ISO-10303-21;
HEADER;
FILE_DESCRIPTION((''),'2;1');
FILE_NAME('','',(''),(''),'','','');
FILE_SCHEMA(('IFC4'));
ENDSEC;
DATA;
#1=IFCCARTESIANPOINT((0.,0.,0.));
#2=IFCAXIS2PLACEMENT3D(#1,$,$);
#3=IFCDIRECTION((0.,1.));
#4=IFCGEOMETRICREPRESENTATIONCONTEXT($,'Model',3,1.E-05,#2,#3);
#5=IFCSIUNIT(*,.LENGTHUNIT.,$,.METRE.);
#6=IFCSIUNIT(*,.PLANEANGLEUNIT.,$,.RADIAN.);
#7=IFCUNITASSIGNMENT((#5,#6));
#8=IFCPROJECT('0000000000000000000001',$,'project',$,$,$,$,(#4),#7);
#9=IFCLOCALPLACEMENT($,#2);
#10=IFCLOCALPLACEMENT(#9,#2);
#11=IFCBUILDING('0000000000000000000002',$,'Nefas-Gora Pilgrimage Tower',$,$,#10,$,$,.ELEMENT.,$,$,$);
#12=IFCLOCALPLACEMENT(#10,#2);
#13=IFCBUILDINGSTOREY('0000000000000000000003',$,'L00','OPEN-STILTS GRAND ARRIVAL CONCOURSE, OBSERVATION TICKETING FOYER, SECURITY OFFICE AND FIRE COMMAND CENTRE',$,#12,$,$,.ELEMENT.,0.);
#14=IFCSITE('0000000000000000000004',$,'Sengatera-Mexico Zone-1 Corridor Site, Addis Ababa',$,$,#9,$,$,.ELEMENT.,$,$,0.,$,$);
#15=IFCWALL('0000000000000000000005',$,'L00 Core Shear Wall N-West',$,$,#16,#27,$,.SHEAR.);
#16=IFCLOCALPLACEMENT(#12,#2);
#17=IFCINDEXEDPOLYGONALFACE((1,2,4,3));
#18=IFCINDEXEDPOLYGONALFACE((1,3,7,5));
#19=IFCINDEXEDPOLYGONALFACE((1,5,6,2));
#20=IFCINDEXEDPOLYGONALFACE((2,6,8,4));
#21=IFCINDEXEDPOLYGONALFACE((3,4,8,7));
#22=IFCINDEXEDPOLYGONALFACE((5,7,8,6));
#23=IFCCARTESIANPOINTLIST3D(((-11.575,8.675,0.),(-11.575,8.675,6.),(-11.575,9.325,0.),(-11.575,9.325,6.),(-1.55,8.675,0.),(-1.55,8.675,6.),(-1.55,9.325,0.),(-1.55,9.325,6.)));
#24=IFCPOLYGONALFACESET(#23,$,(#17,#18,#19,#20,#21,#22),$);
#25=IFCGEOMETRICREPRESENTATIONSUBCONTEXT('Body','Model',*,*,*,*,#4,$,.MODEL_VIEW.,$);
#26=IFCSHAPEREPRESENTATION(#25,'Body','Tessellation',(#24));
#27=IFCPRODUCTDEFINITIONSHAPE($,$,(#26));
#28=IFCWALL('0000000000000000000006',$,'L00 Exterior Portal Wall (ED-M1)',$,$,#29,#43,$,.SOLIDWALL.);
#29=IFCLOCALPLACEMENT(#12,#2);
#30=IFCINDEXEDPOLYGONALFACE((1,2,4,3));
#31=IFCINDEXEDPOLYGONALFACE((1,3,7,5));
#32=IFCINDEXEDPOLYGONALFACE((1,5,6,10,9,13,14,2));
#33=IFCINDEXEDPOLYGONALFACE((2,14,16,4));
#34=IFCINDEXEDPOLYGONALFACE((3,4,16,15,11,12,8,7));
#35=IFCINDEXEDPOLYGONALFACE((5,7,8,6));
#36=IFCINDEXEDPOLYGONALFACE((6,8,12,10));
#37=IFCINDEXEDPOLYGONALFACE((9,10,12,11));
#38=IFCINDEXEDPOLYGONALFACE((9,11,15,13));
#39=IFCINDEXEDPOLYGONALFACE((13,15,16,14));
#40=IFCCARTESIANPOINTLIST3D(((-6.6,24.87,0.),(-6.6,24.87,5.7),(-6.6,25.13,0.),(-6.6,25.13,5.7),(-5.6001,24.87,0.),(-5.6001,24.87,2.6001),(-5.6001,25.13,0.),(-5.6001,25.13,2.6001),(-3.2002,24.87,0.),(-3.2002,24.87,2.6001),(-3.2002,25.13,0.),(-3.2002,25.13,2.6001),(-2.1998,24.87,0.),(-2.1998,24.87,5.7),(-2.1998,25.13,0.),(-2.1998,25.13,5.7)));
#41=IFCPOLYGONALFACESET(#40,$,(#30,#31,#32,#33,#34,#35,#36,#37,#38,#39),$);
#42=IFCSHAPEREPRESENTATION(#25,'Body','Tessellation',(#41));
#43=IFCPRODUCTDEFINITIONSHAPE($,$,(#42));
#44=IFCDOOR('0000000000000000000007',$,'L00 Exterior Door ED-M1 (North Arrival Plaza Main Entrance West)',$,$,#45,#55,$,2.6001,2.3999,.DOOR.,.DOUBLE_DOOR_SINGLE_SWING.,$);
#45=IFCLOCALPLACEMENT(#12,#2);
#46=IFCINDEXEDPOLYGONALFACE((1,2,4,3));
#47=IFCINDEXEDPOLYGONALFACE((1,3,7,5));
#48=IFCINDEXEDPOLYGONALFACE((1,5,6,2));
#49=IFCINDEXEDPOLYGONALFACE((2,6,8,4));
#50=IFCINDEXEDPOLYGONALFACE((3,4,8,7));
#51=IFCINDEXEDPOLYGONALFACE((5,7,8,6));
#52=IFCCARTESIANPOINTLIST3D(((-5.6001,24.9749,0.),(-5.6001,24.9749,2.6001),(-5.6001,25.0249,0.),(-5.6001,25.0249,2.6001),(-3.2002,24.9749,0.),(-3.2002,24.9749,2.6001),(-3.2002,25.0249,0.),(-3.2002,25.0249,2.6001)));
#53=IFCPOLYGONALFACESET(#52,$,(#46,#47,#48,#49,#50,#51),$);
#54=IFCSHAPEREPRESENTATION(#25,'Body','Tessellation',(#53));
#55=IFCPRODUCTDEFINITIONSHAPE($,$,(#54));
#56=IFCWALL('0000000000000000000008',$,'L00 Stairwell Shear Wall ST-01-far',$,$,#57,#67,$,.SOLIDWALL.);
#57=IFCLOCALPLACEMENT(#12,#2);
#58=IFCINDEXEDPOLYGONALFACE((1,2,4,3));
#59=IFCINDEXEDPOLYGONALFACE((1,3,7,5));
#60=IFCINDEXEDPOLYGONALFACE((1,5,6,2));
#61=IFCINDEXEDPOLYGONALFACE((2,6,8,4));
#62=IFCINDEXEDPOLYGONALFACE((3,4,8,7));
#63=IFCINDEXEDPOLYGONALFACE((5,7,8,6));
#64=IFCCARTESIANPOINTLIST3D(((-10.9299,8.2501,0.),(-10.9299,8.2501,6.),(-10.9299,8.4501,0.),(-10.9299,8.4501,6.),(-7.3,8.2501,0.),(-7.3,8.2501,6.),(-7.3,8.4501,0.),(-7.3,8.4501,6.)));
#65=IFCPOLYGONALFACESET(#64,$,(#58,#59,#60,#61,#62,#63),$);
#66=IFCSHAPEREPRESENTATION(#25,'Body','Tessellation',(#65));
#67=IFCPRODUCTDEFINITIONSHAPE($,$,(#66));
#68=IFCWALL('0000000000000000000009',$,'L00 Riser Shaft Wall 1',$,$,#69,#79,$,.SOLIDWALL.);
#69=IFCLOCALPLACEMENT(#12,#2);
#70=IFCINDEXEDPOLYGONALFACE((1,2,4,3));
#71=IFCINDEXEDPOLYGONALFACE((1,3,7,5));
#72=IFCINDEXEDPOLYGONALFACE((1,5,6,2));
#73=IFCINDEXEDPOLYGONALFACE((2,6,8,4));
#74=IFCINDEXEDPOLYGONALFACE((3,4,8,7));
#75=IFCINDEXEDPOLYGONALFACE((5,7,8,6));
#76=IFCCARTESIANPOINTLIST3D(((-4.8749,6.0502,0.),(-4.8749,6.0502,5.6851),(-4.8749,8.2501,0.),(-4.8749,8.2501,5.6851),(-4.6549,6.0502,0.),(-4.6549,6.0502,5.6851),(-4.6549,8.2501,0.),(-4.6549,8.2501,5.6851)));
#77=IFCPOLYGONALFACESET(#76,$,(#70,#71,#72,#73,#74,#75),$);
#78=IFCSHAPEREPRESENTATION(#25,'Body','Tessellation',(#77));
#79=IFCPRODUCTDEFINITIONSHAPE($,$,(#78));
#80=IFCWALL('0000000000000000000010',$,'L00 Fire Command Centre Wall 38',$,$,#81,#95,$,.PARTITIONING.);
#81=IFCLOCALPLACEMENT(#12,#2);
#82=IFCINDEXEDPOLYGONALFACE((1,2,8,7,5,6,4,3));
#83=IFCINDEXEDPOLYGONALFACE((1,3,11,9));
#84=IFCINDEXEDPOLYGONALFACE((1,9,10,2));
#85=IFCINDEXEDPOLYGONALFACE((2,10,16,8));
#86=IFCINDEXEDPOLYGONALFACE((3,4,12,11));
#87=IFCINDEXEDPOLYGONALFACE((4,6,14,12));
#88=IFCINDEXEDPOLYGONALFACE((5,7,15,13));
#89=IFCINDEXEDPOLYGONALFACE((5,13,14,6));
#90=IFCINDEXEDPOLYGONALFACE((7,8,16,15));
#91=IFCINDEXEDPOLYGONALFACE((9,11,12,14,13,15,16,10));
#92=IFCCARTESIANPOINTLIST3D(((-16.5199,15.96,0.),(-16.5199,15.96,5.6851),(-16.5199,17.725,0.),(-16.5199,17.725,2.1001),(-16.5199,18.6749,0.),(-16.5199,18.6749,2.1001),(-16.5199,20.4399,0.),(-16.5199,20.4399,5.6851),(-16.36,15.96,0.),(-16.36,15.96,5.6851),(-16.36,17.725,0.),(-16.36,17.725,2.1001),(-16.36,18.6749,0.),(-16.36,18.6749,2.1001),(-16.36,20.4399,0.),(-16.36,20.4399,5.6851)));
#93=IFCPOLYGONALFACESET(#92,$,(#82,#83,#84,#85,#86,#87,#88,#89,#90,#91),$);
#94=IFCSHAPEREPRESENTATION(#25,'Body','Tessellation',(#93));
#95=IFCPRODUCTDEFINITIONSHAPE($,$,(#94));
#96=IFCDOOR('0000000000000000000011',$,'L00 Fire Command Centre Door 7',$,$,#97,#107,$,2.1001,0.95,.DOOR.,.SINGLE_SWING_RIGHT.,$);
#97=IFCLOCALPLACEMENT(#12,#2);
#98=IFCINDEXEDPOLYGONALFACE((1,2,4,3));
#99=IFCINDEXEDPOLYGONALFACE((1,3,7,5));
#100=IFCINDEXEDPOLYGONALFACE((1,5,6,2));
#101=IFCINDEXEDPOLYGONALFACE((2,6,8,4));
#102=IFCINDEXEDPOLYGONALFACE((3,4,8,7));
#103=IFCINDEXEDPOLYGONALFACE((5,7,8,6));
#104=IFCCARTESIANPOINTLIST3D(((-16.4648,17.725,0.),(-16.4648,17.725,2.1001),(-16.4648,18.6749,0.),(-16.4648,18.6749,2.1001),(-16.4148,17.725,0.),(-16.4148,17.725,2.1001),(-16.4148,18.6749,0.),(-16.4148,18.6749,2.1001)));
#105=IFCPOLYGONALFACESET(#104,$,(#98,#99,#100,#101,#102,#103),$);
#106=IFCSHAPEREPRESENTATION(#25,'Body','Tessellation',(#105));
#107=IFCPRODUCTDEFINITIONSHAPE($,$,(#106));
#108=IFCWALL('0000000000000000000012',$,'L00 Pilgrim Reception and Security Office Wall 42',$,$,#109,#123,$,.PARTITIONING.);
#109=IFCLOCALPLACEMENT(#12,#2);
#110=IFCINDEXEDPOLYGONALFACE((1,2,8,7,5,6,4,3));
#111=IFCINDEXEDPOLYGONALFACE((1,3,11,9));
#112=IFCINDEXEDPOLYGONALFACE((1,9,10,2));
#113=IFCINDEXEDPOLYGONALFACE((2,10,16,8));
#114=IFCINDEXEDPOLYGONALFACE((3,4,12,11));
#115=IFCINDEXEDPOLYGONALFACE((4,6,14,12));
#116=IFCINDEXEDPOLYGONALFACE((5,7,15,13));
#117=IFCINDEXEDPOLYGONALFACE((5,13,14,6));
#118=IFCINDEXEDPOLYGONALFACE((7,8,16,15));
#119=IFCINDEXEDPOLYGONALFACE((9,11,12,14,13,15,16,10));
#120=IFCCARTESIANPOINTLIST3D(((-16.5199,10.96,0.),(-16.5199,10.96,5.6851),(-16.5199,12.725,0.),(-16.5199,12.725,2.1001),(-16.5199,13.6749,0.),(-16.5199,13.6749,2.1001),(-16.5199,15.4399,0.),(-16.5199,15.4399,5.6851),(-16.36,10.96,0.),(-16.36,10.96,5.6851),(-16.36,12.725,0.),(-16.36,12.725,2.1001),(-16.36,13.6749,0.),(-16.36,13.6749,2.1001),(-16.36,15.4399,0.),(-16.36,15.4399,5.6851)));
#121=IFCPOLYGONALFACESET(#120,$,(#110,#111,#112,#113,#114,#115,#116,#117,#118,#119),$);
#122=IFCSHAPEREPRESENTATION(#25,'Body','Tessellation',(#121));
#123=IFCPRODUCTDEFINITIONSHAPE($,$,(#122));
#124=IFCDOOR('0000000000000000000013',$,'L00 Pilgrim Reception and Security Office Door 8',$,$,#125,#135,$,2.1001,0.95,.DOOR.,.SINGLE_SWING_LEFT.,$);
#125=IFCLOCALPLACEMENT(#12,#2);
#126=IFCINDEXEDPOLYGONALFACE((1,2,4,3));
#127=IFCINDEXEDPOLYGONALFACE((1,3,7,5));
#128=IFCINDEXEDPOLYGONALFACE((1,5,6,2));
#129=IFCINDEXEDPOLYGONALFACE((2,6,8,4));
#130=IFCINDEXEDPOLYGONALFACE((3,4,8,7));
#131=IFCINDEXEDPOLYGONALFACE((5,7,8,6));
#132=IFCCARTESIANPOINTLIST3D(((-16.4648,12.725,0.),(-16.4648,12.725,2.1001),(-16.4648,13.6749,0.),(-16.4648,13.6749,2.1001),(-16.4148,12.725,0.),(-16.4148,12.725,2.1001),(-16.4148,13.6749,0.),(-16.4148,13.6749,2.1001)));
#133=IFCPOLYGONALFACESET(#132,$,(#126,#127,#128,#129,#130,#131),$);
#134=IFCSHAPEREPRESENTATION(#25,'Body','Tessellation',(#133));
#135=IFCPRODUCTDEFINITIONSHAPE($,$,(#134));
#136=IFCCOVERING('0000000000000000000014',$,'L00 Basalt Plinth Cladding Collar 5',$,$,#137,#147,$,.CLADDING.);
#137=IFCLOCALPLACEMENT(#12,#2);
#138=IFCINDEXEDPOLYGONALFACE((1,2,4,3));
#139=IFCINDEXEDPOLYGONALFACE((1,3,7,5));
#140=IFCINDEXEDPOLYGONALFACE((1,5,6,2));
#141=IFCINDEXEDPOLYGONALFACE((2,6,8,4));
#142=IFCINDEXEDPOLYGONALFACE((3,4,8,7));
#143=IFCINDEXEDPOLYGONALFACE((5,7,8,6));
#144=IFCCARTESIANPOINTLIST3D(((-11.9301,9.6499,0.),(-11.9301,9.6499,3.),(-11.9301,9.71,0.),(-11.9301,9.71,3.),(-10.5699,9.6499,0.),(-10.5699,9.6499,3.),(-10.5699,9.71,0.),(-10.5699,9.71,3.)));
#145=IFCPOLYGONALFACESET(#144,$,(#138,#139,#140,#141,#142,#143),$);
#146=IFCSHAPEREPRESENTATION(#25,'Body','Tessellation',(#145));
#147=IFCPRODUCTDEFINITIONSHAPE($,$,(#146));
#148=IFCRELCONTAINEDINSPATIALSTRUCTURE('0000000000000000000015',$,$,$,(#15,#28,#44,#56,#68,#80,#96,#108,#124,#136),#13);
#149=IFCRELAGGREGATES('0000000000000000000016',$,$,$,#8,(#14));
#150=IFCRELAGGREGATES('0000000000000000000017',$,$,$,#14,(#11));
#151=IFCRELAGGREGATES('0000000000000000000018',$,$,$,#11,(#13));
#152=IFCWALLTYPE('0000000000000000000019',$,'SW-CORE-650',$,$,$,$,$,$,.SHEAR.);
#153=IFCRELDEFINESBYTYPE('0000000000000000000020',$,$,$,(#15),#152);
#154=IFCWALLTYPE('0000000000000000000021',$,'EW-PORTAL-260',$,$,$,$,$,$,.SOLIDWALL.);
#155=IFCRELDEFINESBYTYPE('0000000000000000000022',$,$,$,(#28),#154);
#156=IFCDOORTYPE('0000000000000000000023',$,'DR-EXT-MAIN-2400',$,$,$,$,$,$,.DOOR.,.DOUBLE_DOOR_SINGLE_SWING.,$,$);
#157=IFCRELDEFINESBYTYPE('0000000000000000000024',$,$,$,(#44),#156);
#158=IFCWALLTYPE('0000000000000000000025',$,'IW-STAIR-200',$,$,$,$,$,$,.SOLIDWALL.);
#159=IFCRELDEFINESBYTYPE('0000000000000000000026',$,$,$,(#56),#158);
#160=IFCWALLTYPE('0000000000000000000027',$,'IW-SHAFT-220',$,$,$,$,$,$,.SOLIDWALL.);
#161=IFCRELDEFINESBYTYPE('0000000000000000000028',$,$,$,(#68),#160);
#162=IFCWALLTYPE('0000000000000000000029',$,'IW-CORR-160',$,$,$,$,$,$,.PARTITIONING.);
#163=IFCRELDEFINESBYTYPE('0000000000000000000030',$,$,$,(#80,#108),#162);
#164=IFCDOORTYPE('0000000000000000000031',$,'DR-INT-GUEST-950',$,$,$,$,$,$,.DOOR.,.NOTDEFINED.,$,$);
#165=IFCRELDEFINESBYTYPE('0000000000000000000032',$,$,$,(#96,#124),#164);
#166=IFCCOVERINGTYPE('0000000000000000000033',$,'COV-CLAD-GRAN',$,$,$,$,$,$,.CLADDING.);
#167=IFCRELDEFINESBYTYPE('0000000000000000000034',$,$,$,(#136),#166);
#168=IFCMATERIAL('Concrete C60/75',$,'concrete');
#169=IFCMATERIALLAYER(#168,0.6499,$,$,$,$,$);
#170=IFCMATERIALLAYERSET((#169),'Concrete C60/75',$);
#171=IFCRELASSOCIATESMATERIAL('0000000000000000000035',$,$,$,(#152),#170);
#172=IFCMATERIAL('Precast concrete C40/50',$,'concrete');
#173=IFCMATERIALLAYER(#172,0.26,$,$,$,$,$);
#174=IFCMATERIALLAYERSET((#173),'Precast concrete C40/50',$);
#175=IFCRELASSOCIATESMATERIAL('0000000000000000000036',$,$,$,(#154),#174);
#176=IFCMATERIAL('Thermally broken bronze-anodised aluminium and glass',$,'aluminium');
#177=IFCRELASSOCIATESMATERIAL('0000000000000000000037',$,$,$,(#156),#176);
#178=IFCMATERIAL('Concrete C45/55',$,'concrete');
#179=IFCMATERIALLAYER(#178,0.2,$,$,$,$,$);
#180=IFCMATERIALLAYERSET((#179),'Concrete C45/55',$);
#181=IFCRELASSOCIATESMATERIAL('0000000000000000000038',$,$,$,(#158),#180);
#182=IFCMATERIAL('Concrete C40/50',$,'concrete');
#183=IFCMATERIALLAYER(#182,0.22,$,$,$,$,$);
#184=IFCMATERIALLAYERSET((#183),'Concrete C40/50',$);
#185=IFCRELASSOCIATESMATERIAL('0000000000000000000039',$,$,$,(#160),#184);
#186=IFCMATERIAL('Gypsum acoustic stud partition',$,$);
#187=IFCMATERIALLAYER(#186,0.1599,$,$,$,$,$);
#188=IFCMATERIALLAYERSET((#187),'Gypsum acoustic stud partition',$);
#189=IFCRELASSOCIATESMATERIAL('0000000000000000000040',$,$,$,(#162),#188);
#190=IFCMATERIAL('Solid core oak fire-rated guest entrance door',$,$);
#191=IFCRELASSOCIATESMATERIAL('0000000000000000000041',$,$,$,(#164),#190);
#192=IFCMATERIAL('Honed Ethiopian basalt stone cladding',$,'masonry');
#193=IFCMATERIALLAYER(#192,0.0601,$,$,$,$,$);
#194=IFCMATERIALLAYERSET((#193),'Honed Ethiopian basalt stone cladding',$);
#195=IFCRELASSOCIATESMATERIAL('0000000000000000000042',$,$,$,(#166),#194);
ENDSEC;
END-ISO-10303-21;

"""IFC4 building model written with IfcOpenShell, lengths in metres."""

from ifc_helpers import new_model, si_unit, direction, frame, frame_2d, origin, origin_2d, place, context, subcontext, project, spatial, rectangle, extrude, source, transform, mapped, material, layer, layer_set, type_object, element, fill, save


model = new_model("IFC4")

# Units and contexts
model_context = context("Model", 3, precision=1e-05, world=origin(), true_north=direction((0.0, 1.0)))
body_context = subcontext(model_context, "Body", "Model", "MODEL_VIEW")
ifc_project = project(units=[si_unit("LENGTHUNIT", "METRE"), si_unit("PLANEANGLEUNIT", "RADIAN")], contexts=[model_context])

# Site, building, storey
site_placement = place(None, origin())
site = spatial("IfcSite", under=ifc_project, at=site_placement, Name="Sengatera-Mexico Zone-1 Corridor Site, Addis Ababa", CompositionType="ELEMENT", RefElevation=0.0)
building_placement = place(site_placement, origin())
building = spatial("IfcBuilding", under=site, at=building_placement, Name="Nefas-Gora Pilgrimage Tower", CompositionType="ELEMENT")
storey_placement = place(building_placement, origin())
storey = spatial("IfcBuildingStorey", under=building, at=storey_placement, Name="L00", Description="OPEN-STILTS GRAND ARRIVAL CONCOURSE, OBSERVATION TICKETING FOYER, SECURITY OFFICE AND FIRE COMMAND CENTRE", CompositionType="ELEMENT", Elevation=0.0)

# Shared definitions
ifc_material_1 = material(Name="Concrete C45/55", Category="concrete")

# Wall
ifc_material_2 = material(Name="Concrete C60/75", Category="concrete")
ifc_layer_1 = layer(ifc_material_2, 0.6499)
ifc_layer_set_1 = layer_set([ifc_layer_1], Name="Concrete C60/75")
wall_type_1 = type_object("IfcWallType", Name="SW-CORE-650", PredefinedType="SHEAR", material=ifc_layer_set_1)
shared_shape_1 = source(origin(), body_context, "Body", "SweptSolid", [
    extrude(rectangle(XDim=10.0249, YDim=0.6499, at=frame_2d((5.0125, 0.0))), origin(), (0.0, 0.0, 1.0), 6.0),
])
wall_1_placement = place(storey_placement, frame((-11.575, 9.0, 0.0), z_axis=(0.0, 0.0, 1.0), x_axis=(1.0, 0.0, 0.0)))
element("IfcWall", 1, at=wall_1_placement, inside=storey, type_object=wall_type_1, Name="L00 Core Shear Wall N-West", PredefinedType="SHEAR", context=body_context, shape_type="MappedRepresentation", body=[
    mapped(shared_shape_1, transform((0.0, 0.0, 0.0), x_axis=(1.0, 0.0, 0.0), y_axis=(0.0, 1.0, 0.0), z_axis=(0.0, 0.0, 1.0), scale=1.0)),
])

# Wall, opening, door
ifc_material_3 = material(Name="Precast concrete C40/50", Category="concrete")
ifc_layer_2 = layer(ifc_material_3, 0.26)
ifc_layer_set_2 = layer_set([ifc_layer_2], Name="Precast concrete C40/50")
wall_type_2 = type_object("IfcWallType", Name="EW-PORTAL-260", PredefinedType="SOLIDWALL", material=ifc_layer_set_2)
shared_shape_2 = source(origin(), body_context, "Body", "SweptSolid", [
    extrude(rectangle(XDim=4.4001, YDim=0.26, at=frame_2d((2.2002, 0.0))), origin(), (0.0, 0.0, 1.0), 5.7),
])
wall_2_placement = place(storey_placement, frame((-6.6001, 25.0, 0.0), z_axis=(0.0, 0.0, 1.0), x_axis=(1.0, 0.0, 0.0)))
wall_2 = element("IfcWall", 2, at=wall_2_placement, inside=storey, type_object=wall_type_2, Name="L00 Exterior Portal Wall (ED-M1)", PredefinedType="SOLIDWALL", context=body_context, shape_type="MappedRepresentation", body=[
    mapped(shared_shape_2, transform((0.0, 0.0, 0.0), x_axis=(1.0, 0.0, 0.0), y_axis=(0.0, 1.0, 0.0), z_axis=(0.0, 0.0, 1.0), scale=1.0)),
])
opening_1_placement = place(wall_2_placement, frame((1.0, 0.0, 0.0)))
opening_1 = element("IfcOpeningElement", 3, at=opening_1_placement, cuts=wall_2, PredefinedType="OPENING", context=body_context, shape_type="SweptSolid", body=[
    extrude(rectangle(XDim=2.3999, YDim=2.6001, at=frame_2d((1.2, 1.3))), frame((0.0, 0.1399, 0.0), z_axis=(0.0, -1.0, 0.0), x_axis=(1.0, 0.0, 0.0)), (0.0, 0.0, 1.0), 0.28),
])
ifc_material_4 = material(Name="Thermally broken bronze-anodised aluminium and glass", Category="aluminium")
door_type_1 = type_object("IfcDoorType", Name="DR-EXT-MAIN-2400", OperationType="DOUBLE_DOOR_SINGLE_SWING", PredefinedType="DOOR", material=ifc_material_4)
shared_shape_3 = source(origin(), body_context, "Body", "SweptSolid", [
    extrude(rectangle(XDim=2.3999, YDim=2.6001, at=frame_2d((1.2, 1.3))), frame((0.0, 0.0249, 0.0), z_axis=(0.0, -1.0, 0.0), x_axis=(1.0, 0.0, 0.0)), (0.0, 0.0, 1.0), 0.05),
])
door_1_placement = place(opening_1_placement, origin())
door_1 = element("IfcDoor", 4, at=door_1_placement, inside=storey, type_object=door_type_1, Name="L00 Exterior Door ED-M1 (North Arrival Plaza Main Entrance West)", OperationType="DOUBLE_DOOR_SINGLE_SWING", OverallHeight=2.6001, OverallWidth=2.3999, PredefinedType="DOOR", context=body_context, shape_type="MappedRepresentation", body=[
    mapped(shared_shape_3, transform((0.0, 0.0, 0.0), x_axis=(1.0, 0.0, 0.0), y_axis=(0.0, 1.0, 0.0), z_axis=(0.0, 0.0, 1.0), scale=1.0)),
])
fill(opening_1, door_1)

# Walls
ifc_layer_3 = layer(ifc_material_1, 0.2)
ifc_layer_set_3 = layer_set([ifc_layer_3], Name="Concrete C45/55")
wall_type_3 = type_object("IfcWallType", Name="IW-STAIR-200", PredefinedType="SOLIDWALL", material=ifc_layer_set_3)
shared_shape_4 = source(origin(), body_context, "Body", "SweptSolid", [
    extrude(rectangle(XDim=3.6299, YDim=0.2, at=frame_2d((1.8149, 0.0))), origin(), (0.0, 0.0, 1.0), 6.0),
])
wall_3_placement = place(storey_placement, frame((-7.3, 8.3501, 0.0), z_axis=(0.0, 0.0, 1.0), x_axis=(-1.0, 0.0, 0.0)))
element("IfcWall", 5, at=wall_3_placement, inside=storey, type_object=wall_type_3, Name="L00 Stairwell Shear Wall ST-01-far", PredefinedType="SOLIDWALL", context=body_context, shape_type="MappedRepresentation", body=[
    mapped(shared_shape_4, transform((0.0, 0.0, 0.0), x_axis=(1.0, 0.0, 0.0), y_axis=(0.0, 1.0, 0.0), z_axis=(0.0, 0.0, 1.0), scale=1.0)),
])
ifc_material_5 = material(Name="Concrete C40/50", Category="concrete")
ifc_layer_4 = layer(ifc_material_5, 0.22)
ifc_layer_set_4 = layer_set([ifc_layer_4], Name="Concrete C40/50")
wall_type_4 = type_object("IfcWallType", Name="IW-SHAFT-220", PredefinedType="SOLIDWALL", material=ifc_layer_set_4)
shared_shape_5 = source(origin(), body_context, "Body", "SweptSolid", [
    extrude(rectangle(XDim=2.2, YDim=0.22, at=frame_2d((1.1001, 0.0))), origin(), (0.0, 0.0, 1.0), 5.6851),
])
wall_4_placement = place(storey_placement, frame((-4.7649, 6.05, 0.0), z_axis=(0.0, 0.0, 1.0), x_axis=(0.0, 1.0, 0.0)))
element("IfcWall", 6, at=wall_4_placement, inside=storey, type_object=wall_type_4, Name="L00 Riser Shaft Wall 1", PredefinedType="SOLIDWALL", context=body_context, shape_type="MappedRepresentation", body=[
    mapped(shared_shape_5, transform((0.0, 0.0, 0.0), x_axis=(1.0, 0.0, 0.0), y_axis=(0.0, 1.0, 0.0), z_axis=(0.0, 0.0, 1.0), scale=1.0)),
])

# Walls, openings, doors
ifc_material_6 = material(Name="Gypsum acoustic stud partition")
ifc_layer_5 = layer(ifc_material_6, 0.1599)
ifc_layer_set_5 = layer_set([ifc_layer_5], Name="Gypsum acoustic stud partition")
wall_type_5 = type_object("IfcWallType", Name="IW-CORR-160", PredefinedType="PARTITIONING", material=ifc_layer_set_5)
shared_shape_6 = source(origin(), body_context, "Body", "SweptSolid", [
    extrude(rectangle(XDim=4.48, YDim=0.1599, at=frame_2d((2.24, 0.0))), origin(), (0.0, 0.0, 1.0), 5.6851),
])
wall_5_placement = place(storey_placement, frame((-16.4399, 15.96, 0.0), z_axis=(0.0, 0.0, 1.0), x_axis=(0.0, 1.0, 0.0)))
wall_5 = element("IfcWall", 7, at=wall_5_placement, inside=storey, type_object=wall_type_5, Name="L00 Fire Command Centre Wall 38", PredefinedType="PARTITIONING", context=body_context, shape_type="MappedRepresentation", body=[
    mapped(shared_shape_6, transform((0.0, 0.0, 0.0), x_axis=(1.0, 0.0, 0.0), y_axis=(0.0, 1.0, 0.0), z_axis=(0.0, 0.0, 1.0), scale=1.0)),
])
opening_2_placement = place(wall_5_placement, frame((1.7649, 0.0, 0.0)))
opening_2 = element("IfcOpeningElement", 8, at=opening_2_placement, cuts=wall_5, PredefinedType="OPENING", context=body_context, shape_type="SweptSolid", body=[
    extrude(rectangle(XDim=0.95, YDim=2.1001, at=frame_2d((0.4751, 1.05))), frame((0.0, 0.0898, 0.0), z_axis=(0.0, -1.0, 0.0), x_axis=(1.0, 0.0, 0.0)), (0.0, 0.0, 1.0), 0.1799),
])
ifc_material_7 = material(Name="Solid core oak fire-rated guest entrance door")
door_type_2 = type_object("IfcDoorType", Name="DR-INT-GUEST-950", OperationType="NOTDEFINED", PredefinedType="DOOR", material=ifc_material_7)
shared_shape_7 = source(origin(), body_context, "Body", "SweptSolid", [
    extrude(rectangle(XDim=0.95, YDim=2.1001, at=frame_2d((0.4751, 1.05))), frame((0.0, 0.0249, 0.0), z_axis=(0.0, -1.0, 0.0), x_axis=(1.0, 0.0, 0.0)), (0.0, 0.0, 1.0), 0.05),
])
door_2_placement = place(opening_2_placement, origin())
door_2 = element("IfcDoor", 9, at=door_2_placement, inside=storey, type_object=door_type_2, Name="L00 Fire Command Centre Door 7", OperationType="SINGLE_SWING_RIGHT", OverallHeight=2.1001, OverallWidth=0.95, PredefinedType="DOOR", context=body_context, shape_type="MappedRepresentation", body=[
    mapped(shared_shape_7, transform((0.0, 0.0, 0.0), x_axis=(1.0, 0.0, 0.0), y_axis=(0.0, 1.0, 0.0), z_axis=(0.0, 0.0, 1.0), scale=1.0)),
])
fill(opening_2, door_2)
wall_6_placement = place(storey_placement, frame((-16.4399, 10.96, 0.0), z_axis=(0.0, 0.0, 1.0), x_axis=(0.0, 1.0, 0.0)))
wall_6 = element("IfcWall", 10, at=wall_6_placement, inside=storey, type_object=wall_type_5, Name="L00 Pilgrim Reception and Security Office Wall 42", PredefinedType="PARTITIONING", context=body_context, shape_type="MappedRepresentation", body=[
    mapped(shared_shape_6, transform((0.0, 0.0, 0.0), x_axis=(1.0, 0.0, 0.0), y_axis=(0.0, 1.0, 0.0), z_axis=(0.0, 0.0, 1.0), scale=1.0)),
])
opening_3_placement = place(wall_6_placement, frame((1.7649, 0.0, 0.0)))
opening_3 = element("IfcOpeningElement", 11, at=opening_3_placement, cuts=wall_6, PredefinedType="OPENING", context=body_context, shape_type="SweptSolid", body=[
    extrude(rectangle(XDim=0.95, YDim=2.1001, at=frame_2d((0.4751, 1.05))), frame((0.0, 0.0898, 0.0), z_axis=(0.0, -1.0, 0.0), x_axis=(1.0, 0.0, 0.0)), (0.0, 0.0, 1.0), 0.1799),
])
door_3_placement = place(opening_3_placement, origin())
door_3 = element("IfcDoor", 12, at=door_3_placement, inside=storey, type_object=door_type_2, Name="L00 Pilgrim Reception and Security Office Door 8", OperationType="SINGLE_SWING_LEFT", OverallHeight=2.1001, OverallWidth=0.95, PredefinedType="DOOR", context=body_context, shape_type="MappedRepresentation", body=[
    mapped(shared_shape_7, transform((0.0, 0.0, 0.0), x_axis=(1.0, 0.0, 0.0), y_axis=(0.0, 1.0, 0.0), z_axis=(0.0, 0.0, 1.0), scale=1.0)),
])
fill(opening_3, door_3)

# Covering
ifc_material_8 = material(Name="Honed Ethiopian basalt stone cladding", Category="masonry")
ifc_layer_6 = layer(ifc_material_8, 0.0601)
ifc_layer_set_6 = layer_set([ifc_layer_6], Name="Honed Ethiopian basalt stone cladding")
covering_type = type_object("IfcCoveringType", Name="COV-CLAD-GRAN", PredefinedType="CLADDING", material=ifc_layer_set_6)
shared_shape_8 = source(origin(), body_context, "Body", "SweptSolid", [
    extrude(rectangle(XDim=1.3601, YDim=0.0601, at=origin_2d()), origin(), (0.0, 0.0, 1.0), 3.0),
])
covering_placement = place(storey_placement, frame((-11.25, 9.6799, 0.0), z_axis=(0.0, 0.0, 1.0), x_axis=(1.0, 0.0, 0.0)))
element("IfcCovering", 13, at=covering_placement, inside=storey, type_object=covering_type, Name="L00 Basalt Plinth Cladding Collar 5", PredefinedType="CLADDING", context=body_context, shape_type="MappedRepresentation", body=[
    mapped(shared_shape_8, transform((0.0, 0.0, 0.0), x_axis=(1.0, 0.0, 0.0), y_axis=(0.0, 1.0, 0.0), z_axis=(0.0, 0.0, 1.0), scale=1.0)),
])

save(model, "model.ifc")
